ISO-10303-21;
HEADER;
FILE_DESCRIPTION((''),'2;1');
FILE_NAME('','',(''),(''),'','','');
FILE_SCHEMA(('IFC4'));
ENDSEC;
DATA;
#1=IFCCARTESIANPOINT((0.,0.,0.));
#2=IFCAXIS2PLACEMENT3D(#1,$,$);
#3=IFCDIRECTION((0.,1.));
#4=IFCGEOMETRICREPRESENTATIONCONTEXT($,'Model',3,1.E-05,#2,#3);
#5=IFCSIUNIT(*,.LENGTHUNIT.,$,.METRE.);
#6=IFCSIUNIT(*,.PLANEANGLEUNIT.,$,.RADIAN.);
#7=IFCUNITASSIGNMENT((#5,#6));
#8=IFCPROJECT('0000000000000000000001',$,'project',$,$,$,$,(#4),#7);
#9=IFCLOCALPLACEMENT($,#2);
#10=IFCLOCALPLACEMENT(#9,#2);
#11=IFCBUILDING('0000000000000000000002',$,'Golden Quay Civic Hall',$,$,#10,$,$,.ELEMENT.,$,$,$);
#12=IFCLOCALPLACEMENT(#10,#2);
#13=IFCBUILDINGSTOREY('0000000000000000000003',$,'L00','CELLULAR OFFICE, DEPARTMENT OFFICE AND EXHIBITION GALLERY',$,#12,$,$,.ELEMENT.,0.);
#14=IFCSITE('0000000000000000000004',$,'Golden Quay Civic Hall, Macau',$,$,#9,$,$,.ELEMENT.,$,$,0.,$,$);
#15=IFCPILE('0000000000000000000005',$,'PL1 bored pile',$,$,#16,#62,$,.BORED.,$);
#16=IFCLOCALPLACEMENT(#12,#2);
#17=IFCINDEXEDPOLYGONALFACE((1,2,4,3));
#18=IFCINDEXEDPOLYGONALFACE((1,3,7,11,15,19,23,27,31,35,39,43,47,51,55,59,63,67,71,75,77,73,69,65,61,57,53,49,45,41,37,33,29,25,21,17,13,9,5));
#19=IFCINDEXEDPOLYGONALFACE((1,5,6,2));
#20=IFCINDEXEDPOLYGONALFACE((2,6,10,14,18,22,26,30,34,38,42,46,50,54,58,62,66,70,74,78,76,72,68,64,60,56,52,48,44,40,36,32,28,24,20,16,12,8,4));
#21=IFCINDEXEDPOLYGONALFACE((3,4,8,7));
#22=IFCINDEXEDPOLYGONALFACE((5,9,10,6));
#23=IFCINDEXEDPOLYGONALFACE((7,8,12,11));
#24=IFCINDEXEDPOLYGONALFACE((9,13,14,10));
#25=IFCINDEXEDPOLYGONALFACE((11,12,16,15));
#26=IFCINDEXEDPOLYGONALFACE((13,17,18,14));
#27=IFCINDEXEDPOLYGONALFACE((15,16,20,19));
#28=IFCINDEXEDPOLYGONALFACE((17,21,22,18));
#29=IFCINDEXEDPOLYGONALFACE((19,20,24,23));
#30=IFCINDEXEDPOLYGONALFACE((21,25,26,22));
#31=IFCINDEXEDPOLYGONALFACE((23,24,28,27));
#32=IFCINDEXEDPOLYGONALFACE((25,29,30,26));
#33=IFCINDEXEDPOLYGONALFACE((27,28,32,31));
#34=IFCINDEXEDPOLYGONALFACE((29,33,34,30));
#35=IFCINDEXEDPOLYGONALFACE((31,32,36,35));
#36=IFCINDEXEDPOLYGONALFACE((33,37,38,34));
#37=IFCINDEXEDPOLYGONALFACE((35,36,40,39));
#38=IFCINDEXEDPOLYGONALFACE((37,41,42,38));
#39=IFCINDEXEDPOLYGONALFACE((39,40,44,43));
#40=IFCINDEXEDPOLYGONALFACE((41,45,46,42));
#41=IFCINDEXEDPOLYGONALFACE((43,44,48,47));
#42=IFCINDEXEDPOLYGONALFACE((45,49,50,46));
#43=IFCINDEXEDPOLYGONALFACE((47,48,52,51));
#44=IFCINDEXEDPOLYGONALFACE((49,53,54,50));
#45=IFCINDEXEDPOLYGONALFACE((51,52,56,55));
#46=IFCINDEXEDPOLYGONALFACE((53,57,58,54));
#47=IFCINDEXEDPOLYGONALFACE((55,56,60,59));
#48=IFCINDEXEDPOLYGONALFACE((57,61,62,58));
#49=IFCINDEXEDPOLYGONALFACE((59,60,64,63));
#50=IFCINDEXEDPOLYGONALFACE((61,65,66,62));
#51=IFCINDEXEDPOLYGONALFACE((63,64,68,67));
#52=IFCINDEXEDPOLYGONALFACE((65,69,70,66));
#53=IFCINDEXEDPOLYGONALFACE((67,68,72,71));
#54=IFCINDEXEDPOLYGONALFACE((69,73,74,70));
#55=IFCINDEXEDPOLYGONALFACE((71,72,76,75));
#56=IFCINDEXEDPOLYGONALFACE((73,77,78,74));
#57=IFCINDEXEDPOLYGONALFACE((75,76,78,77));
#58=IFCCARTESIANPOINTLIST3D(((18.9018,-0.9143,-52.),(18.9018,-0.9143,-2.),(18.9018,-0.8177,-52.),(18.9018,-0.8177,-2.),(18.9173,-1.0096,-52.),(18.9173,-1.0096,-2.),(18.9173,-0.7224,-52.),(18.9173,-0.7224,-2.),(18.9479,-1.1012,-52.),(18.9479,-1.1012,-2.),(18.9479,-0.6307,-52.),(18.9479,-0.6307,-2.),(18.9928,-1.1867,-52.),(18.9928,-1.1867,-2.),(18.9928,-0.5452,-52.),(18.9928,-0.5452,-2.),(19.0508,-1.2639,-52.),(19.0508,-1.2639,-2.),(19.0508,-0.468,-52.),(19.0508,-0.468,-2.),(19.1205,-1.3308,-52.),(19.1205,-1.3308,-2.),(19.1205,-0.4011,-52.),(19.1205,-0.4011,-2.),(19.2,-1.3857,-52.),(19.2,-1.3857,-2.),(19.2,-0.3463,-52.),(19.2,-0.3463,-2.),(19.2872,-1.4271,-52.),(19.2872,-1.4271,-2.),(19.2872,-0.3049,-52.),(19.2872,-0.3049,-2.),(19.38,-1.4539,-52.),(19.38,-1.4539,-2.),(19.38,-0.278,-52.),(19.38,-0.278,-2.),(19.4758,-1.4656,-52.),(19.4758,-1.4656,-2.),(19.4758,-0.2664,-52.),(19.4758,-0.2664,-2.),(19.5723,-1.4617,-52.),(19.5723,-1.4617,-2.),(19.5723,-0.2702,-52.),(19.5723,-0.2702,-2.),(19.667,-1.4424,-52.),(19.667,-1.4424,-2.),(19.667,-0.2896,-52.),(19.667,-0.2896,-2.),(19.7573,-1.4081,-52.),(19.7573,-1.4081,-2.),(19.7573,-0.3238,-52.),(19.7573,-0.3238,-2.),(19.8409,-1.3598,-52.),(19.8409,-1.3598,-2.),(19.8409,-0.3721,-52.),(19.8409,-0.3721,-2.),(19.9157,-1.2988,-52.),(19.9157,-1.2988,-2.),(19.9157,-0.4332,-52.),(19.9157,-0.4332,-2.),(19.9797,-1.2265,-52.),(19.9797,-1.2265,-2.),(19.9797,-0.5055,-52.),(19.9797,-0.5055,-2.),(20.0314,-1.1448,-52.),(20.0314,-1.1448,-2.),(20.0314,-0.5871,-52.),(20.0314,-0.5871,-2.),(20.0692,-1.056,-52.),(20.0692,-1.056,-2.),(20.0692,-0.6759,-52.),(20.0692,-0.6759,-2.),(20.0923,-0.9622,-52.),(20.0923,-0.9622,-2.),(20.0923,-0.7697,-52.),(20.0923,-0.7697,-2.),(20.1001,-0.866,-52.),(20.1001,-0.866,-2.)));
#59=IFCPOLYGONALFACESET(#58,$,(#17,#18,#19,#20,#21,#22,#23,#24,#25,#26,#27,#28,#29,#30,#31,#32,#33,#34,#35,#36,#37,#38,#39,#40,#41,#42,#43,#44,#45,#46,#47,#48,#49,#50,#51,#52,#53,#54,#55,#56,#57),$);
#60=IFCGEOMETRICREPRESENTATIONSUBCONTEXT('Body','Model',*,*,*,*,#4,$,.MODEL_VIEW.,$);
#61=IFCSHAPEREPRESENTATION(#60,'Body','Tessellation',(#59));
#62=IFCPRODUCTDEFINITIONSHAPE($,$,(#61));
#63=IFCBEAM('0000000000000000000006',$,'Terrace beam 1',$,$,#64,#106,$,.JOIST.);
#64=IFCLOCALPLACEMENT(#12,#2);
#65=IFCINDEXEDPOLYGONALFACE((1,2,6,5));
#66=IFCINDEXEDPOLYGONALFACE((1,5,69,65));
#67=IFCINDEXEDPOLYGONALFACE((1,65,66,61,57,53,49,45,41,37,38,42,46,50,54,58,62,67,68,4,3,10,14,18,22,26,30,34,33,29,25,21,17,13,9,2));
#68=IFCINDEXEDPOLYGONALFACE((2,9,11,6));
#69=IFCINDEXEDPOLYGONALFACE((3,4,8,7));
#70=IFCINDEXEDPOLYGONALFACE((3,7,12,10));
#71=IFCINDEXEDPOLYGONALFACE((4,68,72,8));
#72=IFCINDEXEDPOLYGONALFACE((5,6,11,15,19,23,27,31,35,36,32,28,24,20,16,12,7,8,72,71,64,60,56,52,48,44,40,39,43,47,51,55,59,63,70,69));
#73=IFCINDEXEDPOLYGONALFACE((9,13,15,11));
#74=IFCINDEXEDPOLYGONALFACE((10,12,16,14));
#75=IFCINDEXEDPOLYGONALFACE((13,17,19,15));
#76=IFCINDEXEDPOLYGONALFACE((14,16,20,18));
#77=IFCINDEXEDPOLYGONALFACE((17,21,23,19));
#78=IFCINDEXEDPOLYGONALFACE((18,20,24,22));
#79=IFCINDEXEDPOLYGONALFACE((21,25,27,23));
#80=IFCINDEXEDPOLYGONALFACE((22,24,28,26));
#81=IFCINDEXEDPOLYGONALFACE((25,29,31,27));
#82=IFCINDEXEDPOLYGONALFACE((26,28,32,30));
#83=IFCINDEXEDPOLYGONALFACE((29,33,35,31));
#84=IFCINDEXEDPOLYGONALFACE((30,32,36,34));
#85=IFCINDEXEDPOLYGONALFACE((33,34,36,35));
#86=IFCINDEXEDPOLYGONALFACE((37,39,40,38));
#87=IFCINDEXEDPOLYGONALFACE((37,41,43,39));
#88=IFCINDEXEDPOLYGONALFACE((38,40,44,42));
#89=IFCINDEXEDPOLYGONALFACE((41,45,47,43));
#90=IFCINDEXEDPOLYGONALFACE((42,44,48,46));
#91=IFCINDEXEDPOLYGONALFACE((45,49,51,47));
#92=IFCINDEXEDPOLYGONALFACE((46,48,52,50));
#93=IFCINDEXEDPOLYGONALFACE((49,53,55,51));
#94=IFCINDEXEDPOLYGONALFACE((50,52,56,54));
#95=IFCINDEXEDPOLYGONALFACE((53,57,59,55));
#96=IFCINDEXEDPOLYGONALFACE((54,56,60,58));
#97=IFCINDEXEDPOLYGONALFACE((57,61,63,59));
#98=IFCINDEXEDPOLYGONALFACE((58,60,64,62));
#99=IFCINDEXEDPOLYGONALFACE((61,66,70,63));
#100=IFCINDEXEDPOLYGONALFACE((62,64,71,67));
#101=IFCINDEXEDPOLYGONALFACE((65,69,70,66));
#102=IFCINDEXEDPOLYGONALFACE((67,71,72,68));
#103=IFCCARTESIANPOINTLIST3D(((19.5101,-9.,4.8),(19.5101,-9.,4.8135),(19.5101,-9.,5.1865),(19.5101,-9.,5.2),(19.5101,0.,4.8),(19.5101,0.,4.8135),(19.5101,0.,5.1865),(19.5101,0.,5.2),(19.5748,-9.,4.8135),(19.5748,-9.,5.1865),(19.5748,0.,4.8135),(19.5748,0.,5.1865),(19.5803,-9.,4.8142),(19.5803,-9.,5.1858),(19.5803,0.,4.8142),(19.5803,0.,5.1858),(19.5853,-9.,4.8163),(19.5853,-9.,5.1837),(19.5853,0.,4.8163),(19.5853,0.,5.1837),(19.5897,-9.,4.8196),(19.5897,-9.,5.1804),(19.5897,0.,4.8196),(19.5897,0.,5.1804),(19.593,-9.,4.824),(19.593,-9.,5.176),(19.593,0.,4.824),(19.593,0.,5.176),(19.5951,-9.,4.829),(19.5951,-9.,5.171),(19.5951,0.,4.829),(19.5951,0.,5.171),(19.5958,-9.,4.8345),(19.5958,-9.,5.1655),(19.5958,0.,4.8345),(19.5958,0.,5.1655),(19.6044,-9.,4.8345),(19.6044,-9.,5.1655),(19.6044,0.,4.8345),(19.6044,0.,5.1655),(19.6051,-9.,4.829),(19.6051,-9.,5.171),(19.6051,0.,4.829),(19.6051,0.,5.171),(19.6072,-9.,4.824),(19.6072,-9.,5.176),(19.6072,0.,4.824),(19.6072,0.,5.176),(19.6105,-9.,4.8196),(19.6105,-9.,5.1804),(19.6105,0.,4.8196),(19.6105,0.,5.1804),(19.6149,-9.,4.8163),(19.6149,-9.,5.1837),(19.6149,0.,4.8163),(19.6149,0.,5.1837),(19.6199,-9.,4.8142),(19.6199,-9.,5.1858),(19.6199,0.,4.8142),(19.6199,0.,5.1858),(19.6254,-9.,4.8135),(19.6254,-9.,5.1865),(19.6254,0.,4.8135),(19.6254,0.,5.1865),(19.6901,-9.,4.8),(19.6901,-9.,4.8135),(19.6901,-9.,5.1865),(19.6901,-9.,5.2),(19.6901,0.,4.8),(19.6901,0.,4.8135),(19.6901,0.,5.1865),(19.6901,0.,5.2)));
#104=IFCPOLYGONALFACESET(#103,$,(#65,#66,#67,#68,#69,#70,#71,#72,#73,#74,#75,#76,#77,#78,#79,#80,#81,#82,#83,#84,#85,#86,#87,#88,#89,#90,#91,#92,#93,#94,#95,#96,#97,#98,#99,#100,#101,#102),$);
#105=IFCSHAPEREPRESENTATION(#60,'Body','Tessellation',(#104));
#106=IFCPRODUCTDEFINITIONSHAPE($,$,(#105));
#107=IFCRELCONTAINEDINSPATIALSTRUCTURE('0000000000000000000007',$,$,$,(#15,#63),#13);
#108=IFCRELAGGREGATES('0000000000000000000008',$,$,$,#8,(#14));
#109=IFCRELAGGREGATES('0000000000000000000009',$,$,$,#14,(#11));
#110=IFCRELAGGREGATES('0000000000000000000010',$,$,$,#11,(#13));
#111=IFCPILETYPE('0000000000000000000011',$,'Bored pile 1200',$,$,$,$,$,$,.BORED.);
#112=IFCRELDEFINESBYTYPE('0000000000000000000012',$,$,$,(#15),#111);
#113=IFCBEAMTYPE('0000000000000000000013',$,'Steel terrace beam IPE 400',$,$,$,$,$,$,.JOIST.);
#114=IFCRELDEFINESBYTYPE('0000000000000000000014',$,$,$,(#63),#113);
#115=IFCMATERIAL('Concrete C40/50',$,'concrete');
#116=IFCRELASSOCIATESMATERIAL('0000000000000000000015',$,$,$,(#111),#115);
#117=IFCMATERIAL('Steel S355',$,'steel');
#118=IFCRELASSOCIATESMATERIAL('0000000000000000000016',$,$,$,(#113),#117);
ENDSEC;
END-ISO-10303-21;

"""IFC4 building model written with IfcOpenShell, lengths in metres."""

from ifc_helpers import new_model, si_unit, direction, frame, origin, origin_2d, place, context, subcontext, project, spatial, circle, i_section, extrude, material, material_profile, profile_set, type_object, element, save


model = new_model("IFC4")

# Units and contexts
model_context = context("Model", 3, precision=1e-05, world=origin(), true_north=direction((0.0, 1.0)))
body_context = subcontext(model_context, "Body", "Model", "MODEL_VIEW")
ifc_project = project(units=[si_unit("LENGTHUNIT", "METRE"), si_unit("PLANEANGLEUNIT", "RADIAN")], contexts=[model_context])

# Site, building, storey
site_placement = place(None, origin())
site = spatial("IfcSite", under=ifc_project, at=site_placement, Name="Golden Quay Civic Hall, Macau", CompositionType="ELEMENT", RefElevation=0.0)
building_placement = place(site_placement, origin())
building = spatial("IfcBuilding", under=site, at=building_placement, Name="Golden Quay Civic Hall", CompositionType="ELEMENT")
storey_placement = place(building_placement, origin())
storey = spatial("IfcBuildingStorey", under=building, at=storey_placement, Name="L00", Description="CELLULAR OFFICE, DEPARTMENT OFFICE AND EXHIBITION GALLERY", CompositionType="ELEMENT", Elevation=0.0)

# Pile
ifc_material_1 = material(Name="Concrete C40/50", Category="concrete")
ifc_material_profile_1 = material_profile(ifc_material_1, circle(Radius=0.6001, at=origin_2d()), Name="RC D1200")
ifc_profile_set_1 = profile_set([ifc_material_profile_1], Name="Concrete C40/50")
pile_type = type_object("IfcPileType", Name="Bored pile 1200", PredefinedType="BORED", material=ifc_profile_set_1)
pile_placement = place(storey_placement, frame((19.5, -0.866, -2.0), z_axis=(0.0, 0.0, -1.0), x_axis=(1.0, 0.0, 0.0)))
element("IfcPile", 1, at=pile_placement, inside=storey, type_object=pile_type, Name="PL1 bored pile", PredefinedType="BORED", context=body_context, shape_type="SweptSolid", body=[
    extrude(circle(Radius=0.6001, at=origin_2d()), origin(), (0.0, 0.0, 1.0), 50.0),
])

# Beam
ifc_material_2 = material(Name="Steel S355", Category="steel")
ifc_material_profile_2 = material_profile(ifc_material_2, i_section(OverallWidth=0.1799, OverallDepth=0.3999, WebThickness=0.0085, FlangeThickness=0.0134, FilletRadius=0.021, at=origin_2d()), Name="IPE 400")
ifc_profile_set_2 = profile_set([ifc_material_profile_2], Name="Steel S355")
beam_type = type_object("IfcBeamType", Name="Steel terrace beam IPE 400", PredefinedType="JOIST", material=ifc_profile_set_2)
beam_placement = place(storey_placement, frame((19.6001, -9.0, 5.0), z_axis=(0.0, 1.0, 0.0), x_axis=(-1.0, 0.0, 0.0)))
element("IfcBeam", 2, at=beam_placement, inside=storey, type_object=beam_type, Name="Terrace beam 1", PredefinedType="JOIST", context=body_context, shape_type="SweptSolid", body=[
    extrude(i_section(OverallWidth=0.1799, OverallDepth=0.3999, WebThickness=0.0085, FlangeThickness=0.0134, FilletRadius=0.021, at=origin_2d()), origin(), (0.0, 0.0, 1.0), 9.0),
])

save(model, "model.ifc")
